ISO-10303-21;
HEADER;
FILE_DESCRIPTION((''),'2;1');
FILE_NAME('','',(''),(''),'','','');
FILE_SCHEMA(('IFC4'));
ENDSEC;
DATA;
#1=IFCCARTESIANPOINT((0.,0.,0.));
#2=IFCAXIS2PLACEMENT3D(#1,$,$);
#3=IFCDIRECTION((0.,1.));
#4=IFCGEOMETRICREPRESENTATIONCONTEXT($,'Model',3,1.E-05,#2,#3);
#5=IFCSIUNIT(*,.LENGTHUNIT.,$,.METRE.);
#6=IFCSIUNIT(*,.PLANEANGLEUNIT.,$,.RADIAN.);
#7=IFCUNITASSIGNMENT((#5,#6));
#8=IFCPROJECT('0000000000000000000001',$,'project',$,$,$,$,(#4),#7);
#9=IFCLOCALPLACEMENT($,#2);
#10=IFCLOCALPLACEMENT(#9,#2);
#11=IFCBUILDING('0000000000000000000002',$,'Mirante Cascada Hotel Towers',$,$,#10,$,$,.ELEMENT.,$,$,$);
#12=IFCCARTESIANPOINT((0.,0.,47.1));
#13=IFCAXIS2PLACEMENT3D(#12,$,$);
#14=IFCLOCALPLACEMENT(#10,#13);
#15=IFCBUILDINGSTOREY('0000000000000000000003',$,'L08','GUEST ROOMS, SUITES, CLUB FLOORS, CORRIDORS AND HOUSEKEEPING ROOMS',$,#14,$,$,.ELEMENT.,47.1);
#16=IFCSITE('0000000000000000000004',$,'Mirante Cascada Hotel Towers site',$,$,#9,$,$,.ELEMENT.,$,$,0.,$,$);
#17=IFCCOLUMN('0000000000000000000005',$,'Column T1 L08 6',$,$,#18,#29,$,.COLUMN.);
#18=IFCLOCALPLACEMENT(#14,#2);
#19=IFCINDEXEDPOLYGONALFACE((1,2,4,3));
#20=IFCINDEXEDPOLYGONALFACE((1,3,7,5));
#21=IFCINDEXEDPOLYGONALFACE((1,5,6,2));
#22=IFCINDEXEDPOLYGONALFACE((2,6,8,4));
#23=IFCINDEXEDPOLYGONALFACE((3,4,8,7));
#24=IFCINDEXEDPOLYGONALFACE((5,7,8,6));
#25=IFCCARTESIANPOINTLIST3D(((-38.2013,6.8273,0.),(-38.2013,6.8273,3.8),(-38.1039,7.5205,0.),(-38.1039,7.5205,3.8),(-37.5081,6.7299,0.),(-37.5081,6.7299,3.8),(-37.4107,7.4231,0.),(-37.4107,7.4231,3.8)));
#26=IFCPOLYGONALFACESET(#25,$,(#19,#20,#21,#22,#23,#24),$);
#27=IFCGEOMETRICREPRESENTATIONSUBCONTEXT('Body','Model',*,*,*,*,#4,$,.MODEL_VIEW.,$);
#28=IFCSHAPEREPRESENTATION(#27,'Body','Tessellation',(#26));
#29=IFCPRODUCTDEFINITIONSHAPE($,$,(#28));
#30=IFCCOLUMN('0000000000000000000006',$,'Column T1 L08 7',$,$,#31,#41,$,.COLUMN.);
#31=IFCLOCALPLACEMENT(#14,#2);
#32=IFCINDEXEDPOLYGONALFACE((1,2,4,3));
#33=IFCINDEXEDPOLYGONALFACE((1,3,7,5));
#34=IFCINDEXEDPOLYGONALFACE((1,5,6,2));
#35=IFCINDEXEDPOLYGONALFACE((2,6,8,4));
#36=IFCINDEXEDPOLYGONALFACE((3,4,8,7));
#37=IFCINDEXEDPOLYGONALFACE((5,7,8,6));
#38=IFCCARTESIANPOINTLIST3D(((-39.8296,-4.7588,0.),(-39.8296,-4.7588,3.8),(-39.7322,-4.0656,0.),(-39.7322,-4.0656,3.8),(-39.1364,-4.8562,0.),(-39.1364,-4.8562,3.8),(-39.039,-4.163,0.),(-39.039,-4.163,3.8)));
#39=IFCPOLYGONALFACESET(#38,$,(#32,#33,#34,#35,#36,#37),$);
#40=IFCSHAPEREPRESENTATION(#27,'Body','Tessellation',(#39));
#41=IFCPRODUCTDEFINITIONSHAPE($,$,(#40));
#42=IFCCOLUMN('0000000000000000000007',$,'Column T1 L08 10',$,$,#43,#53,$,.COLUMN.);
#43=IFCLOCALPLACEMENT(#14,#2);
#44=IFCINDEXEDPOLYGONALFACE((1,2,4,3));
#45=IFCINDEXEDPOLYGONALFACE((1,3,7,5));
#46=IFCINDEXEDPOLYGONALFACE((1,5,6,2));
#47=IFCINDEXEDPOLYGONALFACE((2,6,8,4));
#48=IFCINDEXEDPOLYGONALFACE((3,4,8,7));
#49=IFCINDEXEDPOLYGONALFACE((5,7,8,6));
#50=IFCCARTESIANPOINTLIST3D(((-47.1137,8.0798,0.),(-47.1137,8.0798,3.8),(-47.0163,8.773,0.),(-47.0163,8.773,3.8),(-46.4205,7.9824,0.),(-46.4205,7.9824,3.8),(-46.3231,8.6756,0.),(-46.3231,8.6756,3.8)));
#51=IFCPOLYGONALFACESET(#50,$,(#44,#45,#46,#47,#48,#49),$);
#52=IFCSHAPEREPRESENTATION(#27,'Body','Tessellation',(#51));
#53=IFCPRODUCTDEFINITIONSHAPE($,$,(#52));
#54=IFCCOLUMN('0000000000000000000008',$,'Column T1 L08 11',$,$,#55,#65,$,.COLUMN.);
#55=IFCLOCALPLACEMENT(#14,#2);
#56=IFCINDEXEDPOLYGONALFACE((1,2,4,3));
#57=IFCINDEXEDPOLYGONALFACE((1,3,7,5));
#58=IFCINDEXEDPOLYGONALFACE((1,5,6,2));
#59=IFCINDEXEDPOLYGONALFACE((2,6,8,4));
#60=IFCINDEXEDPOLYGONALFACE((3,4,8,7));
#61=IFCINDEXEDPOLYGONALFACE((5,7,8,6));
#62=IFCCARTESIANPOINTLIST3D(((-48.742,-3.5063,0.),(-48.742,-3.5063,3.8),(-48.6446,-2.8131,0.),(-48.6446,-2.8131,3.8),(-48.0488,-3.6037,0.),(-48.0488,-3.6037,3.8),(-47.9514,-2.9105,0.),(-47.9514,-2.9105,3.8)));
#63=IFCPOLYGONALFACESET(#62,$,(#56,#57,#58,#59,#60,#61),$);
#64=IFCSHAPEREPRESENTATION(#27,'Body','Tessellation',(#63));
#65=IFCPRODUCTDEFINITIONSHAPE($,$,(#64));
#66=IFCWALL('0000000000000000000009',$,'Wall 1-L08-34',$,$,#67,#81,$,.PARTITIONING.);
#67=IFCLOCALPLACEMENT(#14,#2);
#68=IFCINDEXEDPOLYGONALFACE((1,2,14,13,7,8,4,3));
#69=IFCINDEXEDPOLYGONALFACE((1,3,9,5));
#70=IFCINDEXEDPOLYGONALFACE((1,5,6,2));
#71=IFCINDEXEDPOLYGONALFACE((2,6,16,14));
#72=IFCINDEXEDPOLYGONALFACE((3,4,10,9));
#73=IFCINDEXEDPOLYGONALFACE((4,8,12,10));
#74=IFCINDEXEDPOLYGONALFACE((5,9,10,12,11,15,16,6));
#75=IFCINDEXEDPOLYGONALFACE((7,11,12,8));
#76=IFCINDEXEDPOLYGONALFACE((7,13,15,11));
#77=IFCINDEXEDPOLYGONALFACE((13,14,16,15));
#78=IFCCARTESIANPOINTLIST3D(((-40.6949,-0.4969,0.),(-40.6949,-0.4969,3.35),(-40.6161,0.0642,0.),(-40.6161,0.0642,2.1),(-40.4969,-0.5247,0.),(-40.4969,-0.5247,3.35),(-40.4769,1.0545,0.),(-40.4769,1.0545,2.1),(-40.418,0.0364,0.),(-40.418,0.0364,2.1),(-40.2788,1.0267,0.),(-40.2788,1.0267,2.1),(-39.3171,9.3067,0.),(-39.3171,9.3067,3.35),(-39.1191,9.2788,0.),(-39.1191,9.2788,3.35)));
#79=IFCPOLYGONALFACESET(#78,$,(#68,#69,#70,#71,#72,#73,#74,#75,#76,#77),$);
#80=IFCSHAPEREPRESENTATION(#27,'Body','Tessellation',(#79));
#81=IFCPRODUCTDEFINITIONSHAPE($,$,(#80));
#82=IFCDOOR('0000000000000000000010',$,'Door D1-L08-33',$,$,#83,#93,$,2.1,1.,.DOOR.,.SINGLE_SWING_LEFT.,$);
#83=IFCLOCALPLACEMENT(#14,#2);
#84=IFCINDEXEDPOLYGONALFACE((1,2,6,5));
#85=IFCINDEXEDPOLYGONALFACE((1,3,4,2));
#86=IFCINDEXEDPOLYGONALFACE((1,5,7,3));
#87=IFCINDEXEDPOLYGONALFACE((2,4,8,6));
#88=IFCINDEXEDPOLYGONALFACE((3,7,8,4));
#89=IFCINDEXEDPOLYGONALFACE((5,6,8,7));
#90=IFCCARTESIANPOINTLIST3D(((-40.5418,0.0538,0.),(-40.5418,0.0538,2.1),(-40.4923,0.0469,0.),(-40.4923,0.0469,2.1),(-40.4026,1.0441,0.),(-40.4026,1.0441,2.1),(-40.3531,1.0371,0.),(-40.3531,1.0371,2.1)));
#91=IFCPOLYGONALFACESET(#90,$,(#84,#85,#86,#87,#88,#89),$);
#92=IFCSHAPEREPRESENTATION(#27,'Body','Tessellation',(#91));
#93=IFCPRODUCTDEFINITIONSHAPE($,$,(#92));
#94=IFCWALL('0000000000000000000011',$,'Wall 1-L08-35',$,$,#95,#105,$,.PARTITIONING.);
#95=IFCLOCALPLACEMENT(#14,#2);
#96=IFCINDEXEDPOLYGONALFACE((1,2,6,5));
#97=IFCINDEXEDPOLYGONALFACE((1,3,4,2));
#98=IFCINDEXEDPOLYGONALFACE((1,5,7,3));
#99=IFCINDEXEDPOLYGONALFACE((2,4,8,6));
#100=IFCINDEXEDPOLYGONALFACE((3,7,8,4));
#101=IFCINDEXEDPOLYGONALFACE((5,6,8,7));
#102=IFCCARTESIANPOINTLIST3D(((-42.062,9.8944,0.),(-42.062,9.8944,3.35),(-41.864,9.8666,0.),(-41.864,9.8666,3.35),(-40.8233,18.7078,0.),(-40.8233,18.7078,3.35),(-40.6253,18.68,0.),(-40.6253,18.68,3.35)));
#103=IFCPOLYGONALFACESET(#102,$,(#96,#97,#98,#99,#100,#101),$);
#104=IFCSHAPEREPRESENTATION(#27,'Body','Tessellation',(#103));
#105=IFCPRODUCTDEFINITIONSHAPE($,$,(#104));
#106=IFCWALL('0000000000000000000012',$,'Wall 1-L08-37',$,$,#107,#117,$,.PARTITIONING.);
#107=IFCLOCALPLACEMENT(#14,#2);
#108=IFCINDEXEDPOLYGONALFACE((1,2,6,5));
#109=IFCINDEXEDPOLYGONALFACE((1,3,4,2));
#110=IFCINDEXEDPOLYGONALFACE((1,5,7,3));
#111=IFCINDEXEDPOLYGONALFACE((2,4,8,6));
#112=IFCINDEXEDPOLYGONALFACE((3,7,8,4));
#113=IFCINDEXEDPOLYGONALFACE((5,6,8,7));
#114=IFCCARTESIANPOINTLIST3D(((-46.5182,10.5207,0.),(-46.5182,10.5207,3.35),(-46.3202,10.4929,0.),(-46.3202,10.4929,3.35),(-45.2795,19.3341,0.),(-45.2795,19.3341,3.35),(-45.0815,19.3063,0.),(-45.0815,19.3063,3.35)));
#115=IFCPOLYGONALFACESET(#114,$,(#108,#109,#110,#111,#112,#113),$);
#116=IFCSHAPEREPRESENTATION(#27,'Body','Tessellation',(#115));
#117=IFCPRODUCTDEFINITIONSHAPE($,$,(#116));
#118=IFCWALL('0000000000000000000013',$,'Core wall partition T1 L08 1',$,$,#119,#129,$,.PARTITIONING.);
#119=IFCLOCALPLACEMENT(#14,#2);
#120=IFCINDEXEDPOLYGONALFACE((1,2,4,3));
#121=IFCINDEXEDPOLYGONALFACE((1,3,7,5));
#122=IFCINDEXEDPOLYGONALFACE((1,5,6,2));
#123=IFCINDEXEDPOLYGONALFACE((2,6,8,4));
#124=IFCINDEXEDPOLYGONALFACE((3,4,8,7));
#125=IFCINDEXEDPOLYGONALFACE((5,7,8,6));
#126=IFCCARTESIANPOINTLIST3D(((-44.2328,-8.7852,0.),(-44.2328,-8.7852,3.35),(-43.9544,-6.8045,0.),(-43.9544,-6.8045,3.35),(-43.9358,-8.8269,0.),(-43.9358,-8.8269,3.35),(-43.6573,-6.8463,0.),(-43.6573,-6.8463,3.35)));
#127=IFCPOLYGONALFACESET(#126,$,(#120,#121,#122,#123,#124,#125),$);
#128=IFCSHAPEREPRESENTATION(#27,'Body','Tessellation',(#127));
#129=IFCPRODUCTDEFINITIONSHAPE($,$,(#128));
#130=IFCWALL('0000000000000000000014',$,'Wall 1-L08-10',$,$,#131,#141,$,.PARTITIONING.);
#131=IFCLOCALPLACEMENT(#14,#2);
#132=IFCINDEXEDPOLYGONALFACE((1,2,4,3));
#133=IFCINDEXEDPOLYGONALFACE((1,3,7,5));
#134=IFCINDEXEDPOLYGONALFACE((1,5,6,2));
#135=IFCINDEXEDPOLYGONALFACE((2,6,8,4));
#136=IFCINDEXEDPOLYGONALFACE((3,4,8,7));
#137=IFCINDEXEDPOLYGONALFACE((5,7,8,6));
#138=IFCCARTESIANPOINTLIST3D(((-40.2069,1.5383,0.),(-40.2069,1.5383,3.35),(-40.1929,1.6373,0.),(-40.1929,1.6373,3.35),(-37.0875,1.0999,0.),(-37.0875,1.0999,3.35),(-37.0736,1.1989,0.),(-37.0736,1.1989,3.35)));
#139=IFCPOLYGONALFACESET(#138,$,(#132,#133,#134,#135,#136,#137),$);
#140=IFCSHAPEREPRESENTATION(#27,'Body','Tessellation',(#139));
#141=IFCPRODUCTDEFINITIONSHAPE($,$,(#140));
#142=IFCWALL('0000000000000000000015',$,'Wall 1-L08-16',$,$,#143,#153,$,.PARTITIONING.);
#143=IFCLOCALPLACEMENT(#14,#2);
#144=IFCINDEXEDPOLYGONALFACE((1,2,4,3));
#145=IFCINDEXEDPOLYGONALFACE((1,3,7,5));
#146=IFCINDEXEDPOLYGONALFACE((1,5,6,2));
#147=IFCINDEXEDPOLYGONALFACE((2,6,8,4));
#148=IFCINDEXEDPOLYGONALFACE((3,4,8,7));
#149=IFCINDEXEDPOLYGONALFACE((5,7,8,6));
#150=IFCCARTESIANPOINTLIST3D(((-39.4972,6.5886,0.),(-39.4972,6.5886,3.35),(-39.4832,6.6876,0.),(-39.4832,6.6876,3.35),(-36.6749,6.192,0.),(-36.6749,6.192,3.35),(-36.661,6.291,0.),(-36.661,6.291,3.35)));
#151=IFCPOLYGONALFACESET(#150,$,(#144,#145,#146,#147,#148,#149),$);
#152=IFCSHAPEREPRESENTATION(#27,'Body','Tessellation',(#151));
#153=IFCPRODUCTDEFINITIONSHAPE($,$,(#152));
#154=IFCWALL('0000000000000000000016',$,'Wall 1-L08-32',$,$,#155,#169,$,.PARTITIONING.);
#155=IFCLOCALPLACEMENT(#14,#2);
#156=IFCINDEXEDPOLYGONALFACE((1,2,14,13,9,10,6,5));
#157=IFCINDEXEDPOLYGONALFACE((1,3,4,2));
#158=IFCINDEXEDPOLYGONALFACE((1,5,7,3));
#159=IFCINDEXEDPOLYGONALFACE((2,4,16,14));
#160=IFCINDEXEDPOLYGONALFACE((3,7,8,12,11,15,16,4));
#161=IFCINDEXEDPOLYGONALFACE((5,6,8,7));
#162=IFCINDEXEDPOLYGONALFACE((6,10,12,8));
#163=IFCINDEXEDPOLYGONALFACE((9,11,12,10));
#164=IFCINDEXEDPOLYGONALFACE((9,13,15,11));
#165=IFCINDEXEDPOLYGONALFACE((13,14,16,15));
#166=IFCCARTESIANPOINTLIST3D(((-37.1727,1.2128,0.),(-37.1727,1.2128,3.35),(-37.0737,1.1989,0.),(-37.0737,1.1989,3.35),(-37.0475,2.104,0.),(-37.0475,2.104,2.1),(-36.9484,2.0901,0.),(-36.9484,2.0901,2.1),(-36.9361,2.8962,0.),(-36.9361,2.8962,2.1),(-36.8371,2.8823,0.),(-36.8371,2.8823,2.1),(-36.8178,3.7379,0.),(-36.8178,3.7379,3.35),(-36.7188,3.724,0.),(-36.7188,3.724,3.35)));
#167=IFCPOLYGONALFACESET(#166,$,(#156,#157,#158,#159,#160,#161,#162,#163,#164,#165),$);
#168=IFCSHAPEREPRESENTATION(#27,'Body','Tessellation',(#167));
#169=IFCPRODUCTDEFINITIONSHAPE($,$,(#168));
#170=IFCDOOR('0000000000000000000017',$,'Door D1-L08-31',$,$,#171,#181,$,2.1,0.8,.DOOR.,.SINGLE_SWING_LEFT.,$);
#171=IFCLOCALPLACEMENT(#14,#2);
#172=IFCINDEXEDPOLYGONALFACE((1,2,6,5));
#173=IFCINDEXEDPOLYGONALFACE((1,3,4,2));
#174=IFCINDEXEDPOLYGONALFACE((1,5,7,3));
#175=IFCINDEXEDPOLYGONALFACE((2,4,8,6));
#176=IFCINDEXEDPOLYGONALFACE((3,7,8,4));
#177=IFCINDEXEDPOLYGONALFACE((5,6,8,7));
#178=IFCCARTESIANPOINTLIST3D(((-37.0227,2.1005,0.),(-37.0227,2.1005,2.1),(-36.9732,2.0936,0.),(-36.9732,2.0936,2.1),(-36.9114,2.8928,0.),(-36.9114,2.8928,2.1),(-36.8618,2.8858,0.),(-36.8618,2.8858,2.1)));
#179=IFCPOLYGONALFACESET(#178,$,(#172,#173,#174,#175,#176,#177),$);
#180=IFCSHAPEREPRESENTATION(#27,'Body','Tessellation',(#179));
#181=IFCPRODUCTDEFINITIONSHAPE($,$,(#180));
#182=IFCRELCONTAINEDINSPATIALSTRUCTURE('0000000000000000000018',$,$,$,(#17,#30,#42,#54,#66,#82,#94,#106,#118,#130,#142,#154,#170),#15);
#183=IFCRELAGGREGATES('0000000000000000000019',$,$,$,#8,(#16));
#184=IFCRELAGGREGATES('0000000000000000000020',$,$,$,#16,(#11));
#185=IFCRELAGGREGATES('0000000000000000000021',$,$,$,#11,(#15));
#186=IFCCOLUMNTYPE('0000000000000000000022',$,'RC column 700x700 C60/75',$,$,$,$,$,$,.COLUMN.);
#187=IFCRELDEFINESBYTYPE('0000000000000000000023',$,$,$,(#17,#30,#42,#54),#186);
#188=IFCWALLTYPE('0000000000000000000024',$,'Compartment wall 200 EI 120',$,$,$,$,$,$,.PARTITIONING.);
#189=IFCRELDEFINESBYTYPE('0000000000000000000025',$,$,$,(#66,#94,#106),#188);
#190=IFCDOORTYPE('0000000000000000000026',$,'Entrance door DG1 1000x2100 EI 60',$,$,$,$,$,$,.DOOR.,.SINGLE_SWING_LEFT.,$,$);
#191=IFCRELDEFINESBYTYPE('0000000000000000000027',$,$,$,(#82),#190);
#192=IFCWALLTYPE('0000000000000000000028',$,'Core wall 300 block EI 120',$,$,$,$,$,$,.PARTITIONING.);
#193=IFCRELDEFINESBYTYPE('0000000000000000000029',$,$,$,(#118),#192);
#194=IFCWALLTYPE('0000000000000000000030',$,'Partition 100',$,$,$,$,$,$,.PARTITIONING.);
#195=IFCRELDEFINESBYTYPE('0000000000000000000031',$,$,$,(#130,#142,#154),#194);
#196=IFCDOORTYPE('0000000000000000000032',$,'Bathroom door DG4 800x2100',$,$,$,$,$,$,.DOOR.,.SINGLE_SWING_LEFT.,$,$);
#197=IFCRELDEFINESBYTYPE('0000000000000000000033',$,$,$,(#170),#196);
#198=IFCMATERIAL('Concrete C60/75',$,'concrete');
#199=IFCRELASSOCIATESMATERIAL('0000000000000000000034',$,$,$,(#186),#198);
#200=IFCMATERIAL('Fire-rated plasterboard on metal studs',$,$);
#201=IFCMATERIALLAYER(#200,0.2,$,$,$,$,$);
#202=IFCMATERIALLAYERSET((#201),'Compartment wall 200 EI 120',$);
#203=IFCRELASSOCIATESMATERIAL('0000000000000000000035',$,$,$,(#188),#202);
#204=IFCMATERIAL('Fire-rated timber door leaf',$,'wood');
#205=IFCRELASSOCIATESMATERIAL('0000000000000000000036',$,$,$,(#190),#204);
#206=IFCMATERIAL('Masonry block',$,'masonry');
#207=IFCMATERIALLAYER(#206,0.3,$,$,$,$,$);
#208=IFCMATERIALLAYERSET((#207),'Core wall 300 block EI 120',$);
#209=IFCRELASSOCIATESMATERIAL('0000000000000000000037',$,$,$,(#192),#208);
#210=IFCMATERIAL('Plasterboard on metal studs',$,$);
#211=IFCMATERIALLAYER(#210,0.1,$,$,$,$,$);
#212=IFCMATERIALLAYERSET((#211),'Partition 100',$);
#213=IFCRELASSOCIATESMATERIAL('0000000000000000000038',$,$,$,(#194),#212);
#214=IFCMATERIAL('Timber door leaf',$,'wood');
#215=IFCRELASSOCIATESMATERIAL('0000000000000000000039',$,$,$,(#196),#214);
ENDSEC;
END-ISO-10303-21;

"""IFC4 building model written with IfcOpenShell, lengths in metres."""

from ifc_helpers import new_model, si_unit, direction, frame, frame_2d, origin, origin_2d, place, context, subcontext, project, spatial, rectangle, extrude, material, layer, layer_set, material_profile, profile_set, type_object, element, fill, save


model = new_model("IFC4")

# Units and contexts
model_context = context("Model", 3, precision=1e-05, world=origin(), true_north=direction((0.0, 1.0)))
body_context = subcontext(model_context, "Body", "Model", "MODEL_VIEW")
ifc_project = project(units=[si_unit("LENGTHUNIT", "METRE"), si_unit("PLANEANGLEUNIT", "RADIAN")], contexts=[model_context])

# Site, building, storey
site_placement = place(None, origin())
site = spatial("IfcSite", under=ifc_project, at=site_placement, Name="Mirante Cascada Hotel Towers site", CompositionType="ELEMENT", RefElevation=0.0)
building_placement = place(site_placement, origin())
building = spatial("IfcBuilding", under=site, at=building_placement, Name="Mirante Cascada Hotel Towers", CompositionType="ELEMENT")
storey_placement = place(building_placement, frame((0.0, 0.0, 47.1)))
storey = spatial("IfcBuildingStorey", under=building, at=storey_placement, Name="L08", Description="GUEST ROOMS, SUITES, CLUB FLOORS, CORRIDORS AND HOUSEKEEPING ROOMS", CompositionType="ELEMENT", Elevation=47.1)

# Columns
ifc_material_1 = material(Name="Concrete C60/75", Category="concrete")
ifc_material_profile = material_profile(ifc_material_1, rectangle(XDim=0.7, YDim=0.7, at=origin_2d()), Name="RC column 700x700 C60/75")
ifc_profile_set = profile_set([ifc_material_profile], Name="Concrete C60/75")
column_type = type_object("IfcColumnType", Name="RC column 700x700 C60/75", PredefinedType="COLUMN", material=ifc_profile_set)
for number, where, z_axis, x_axis, name in (
    (1, (-37.806, 7.1252, 0.0), (0.0, 0.0, 1.0), (-0.990268, 0.139173, 0.0), "Column T1 L08 6"),
    (2, (-39.4343, -4.4609, 0.0), (0.0, 0.0, 1.0), (-0.990268, 0.139173, 0.0), "Column T1 L08 7"),
    (3, (-46.7184, 8.3777, 0.0), (0.0, 0.0, 1.0), (-0.990268, 0.139173, 0.0), "Column T1 L08 10"),
    (4, (-48.3467, -3.2084, 0.0), (0.0, 0.0, 1.0), (-0.990268, 0.139173, 0.0), "Column T1 L08 11"),
):
    element("IfcColumn", number, at=place(storey_placement, frame(where, z_axis=z_axis, x_axis=x_axis)), inside=storey, type_object=column_type, Name=name, PredefinedType="COLUMN", context=body_context, shape_type="SweptSolid", body=[
        extrude(rectangle(XDim=0.7, YDim=0.7, at=origin_2d()), origin(), (0.0, 0.0, 1.0), 3.8),
    ])

# Wall, opening, door
ifc_material_2 = material(Name="Fire-rated plasterboard on metal studs")
ifc_layer_1 = layer(ifc_material_2, 0.2)
ifc_layer_set_1 = layer_set([ifc_layer_1], Name="Compartment wall 200 EI 120")
wall_type_1 = type_object("IfcWallType", Name="Compartment wall 200 EI 120", PredefinedType="PARTITIONING", material=ifc_layer_set_1)
wall_1_placement = place(storey_placement, frame((-39.2181, 9.2928, 0.0), z_axis=(0.0, 0.0, 1.0), x_axis=(-0.139173, -0.990268, 0.0)))
wall_1 = element("IfcWall", 5, at=wall_1_placement, inside=storey, type_object=wall_type_1, Name="Wall 1-L08-34", PredefinedType="PARTITIONING", context=body_context, shape_type="SweptSolid", body=[
    extrude(rectangle(XDim=9.8999, YDim=0.2, at=frame_2d((4.95, 0.0))), origin(), (0.0, 0.0, 1.0), 3.35),
])
opening_1_placement = place(wall_1_placement, frame((8.3333, 0.0, 0.0)))
opening_1 = element("IfcOpeningElement", 6, at=opening_1_placement, cuts=wall_1, PredefinedType="OPENING", context=body_context, shape_type="SweptSolid", body=[
    extrude(rectangle(XDim=1.0, YDim=2.1, at=frame_2d((0.5, 1.05))), frame((0.0, 0.1, 0.0), z_axis=(0.0, -1.0, 0.0), x_axis=(1.0, 0.0, 0.0)), (0.0, 0.0, 1.0), 0.2),
])
ifc_material_3 = material(Name="Fire-rated timber door leaf", Category="wood")
door_type_1 = type_object("IfcDoorType", Name="Entrance door DG1 1000x2100 EI 60", OperationType="SINGLE_SWING_LEFT", PredefinedType="DOOR", material=ifc_material_3)
door_1_placement = place(opening_1_placement, origin())
door_1 = element("IfcDoor", 7, at=door_1_placement, inside=storey, type_object=door_type_1, Name="Door D1-L08-33", OperationType="SINGLE_SWING_LEFT", OverallHeight=2.1, OverallWidth=1.0, PredefinedType="DOOR", context=body_context, shape_type="SweptSolid", body=[
    extrude(rectangle(XDim=1.0, YDim=2.1, at=frame_2d((0.5, 1.05))), frame((0.0, 0.025, 0.0), z_axis=(0.0, -1.0, 0.0), x_axis=(1.0, 0.0, 0.0)), (0.0, 0.0, 1.0), 0.05),
])
fill(opening_1, door_1)

# Walls
for number, where, z_axis, x_axis, name in (
    (8, (-41.963, 9.8805, 0.0), (0.0, 0.0, 1.0), (0.139179, 0.990267, 0.0), "Wall 1-L08-35"),
    (9, (-46.4192, 10.5068, 0.0), (0.0, 0.0, 1.0), (0.139179, 0.990267, 0.0), "Wall 1-L08-37"),
):
    element("IfcWall", number, at=place(storey_placement, frame(where, z_axis=z_axis, x_axis=x_axis)), inside=storey, type_object=wall_type_1, Name=name, PredefinedType="PARTITIONING", context=body_context, shape_type="SweptSolid", body=[
        extrude(rectangle(XDim=8.9, YDim=0.2, at=frame_2d((4.45, 0.0))), origin(), (0.0, 0.0, 1.0), 3.35),
    ])
ifc_material_4 = material(Name="Masonry block", Category="masonry")
ifc_layer_2 = layer(ifc_material_4, 0.3)
ifc_layer_set_2 = layer_set([ifc_layer_2], Name="Core wall 300 block EI 120")
wall_type_2 = type_object("IfcWallType", Name="Core wall 300 block EI 120", PredefinedType="PARTITIONING", material=ifc_layer_set_2)
wall_2_placement = place(storey_placement, frame((-44.0843, -8.8061, 0.0), z_axis=(0.0, 0.0, 1.0), x_axis=(0.139195, 0.990265, 0.0)))
element("IfcWall", 10, at=wall_2_placement, inside=storey, type_object=wall_type_2, Name="Core wall partition T1 L08 1", PredefinedType="PARTITIONING", context=body_context, shape_type="SweptSolid", body=[
    extrude(rectangle(XDim=2.0001, YDim=0.3, at=frame_2d((1.0001, 0.0))), origin(), (0.0, 0.0, 1.0), 3.35),
])
ifc_material_5 = material(Name="Plasterboard on metal studs")
ifc_layer_3 = layer(ifc_material_5, 0.1)
ifc_layer_set_3 = layer_set([ifc_layer_3], Name="Partition 100")
wall_type_3 = type_object("IfcWallType", Name="Partition 100", PredefinedType="PARTITIONING", material=ifc_layer_set_3)
wall_3_placement = place(storey_placement, frame((-40.1999, 1.5878, 0.0), z_axis=(0.0, 0.0, 1.0), x_axis=(0.990268, -0.139177, 0.0)))
element("IfcWall", 11, at=wall_3_placement, inside=storey, type_object=wall_type_3, Name="Wall 1-L08-10", PredefinedType="PARTITIONING", context=body_context, shape_type="SweptSolid", body=[
    extrude(rectangle(XDim=3.15, YDim=0.1, at=frame_2d((1.575, 0.0))), origin(), (0.0, 0.0, 1.0), 3.35),
])
wall_4_placement = place(storey_placement, frame((-39.4902, 6.6381, 0.0), z_axis=(0.0, 0.0, 1.0), x_axis=(0.99027, -0.139156, 0.0)))
element("IfcWall", 12, at=wall_4_placement, inside=storey, type_object=wall_type_3, Name="Wall 1-L08-16", PredefinedType="PARTITIONING", context=body_context, shape_type="SweptSolid", body=[
    extrude(rectangle(XDim=2.85, YDim=0.1, at=frame_2d((1.425, 0.0))), origin(), (0.0, 0.0, 1.0), 3.35),
])

# Wall, opening, door
wall_5_placement = place(storey_placement, frame((-36.7683, 3.731, 0.0), z_axis=(0.0, 0.0, 1.0), x_axis=(-0.139181, -0.990267, 0.0)))
wall_5 = element("IfcWall", 13, at=wall_5_placement, inside=storey, type_object=wall_type_3, Name="Wall 1-L08-32", PredefinedType="PARTITIONING", context=body_context, shape_type="SweptSolid", body=[
    extrude(rectangle(XDim=2.5499, YDim=0.1, at=frame_2d((1.275, 0.0))), origin(), (0.0, 0.0, 1.0), 3.35),
])
opening_2_placement = place(wall_5_placement, frame((0.85, 0.0, 0.0)))
opening_2 = element("IfcOpeningElement", 14, at=opening_2_placement, cuts=wall_5, PredefinedType="OPENING", context=body_context, shape_type="SweptSolid", body=[
    extrude(rectangle(XDim=0.8, YDim=2.1, at=frame_2d((0.4, 1.05))), frame((0.0, 0.05, 0.0), z_axis=(0.0, -1.0, 0.0), x_axis=(1.0, 0.0, 0.0)), (0.0, 0.0, 1.0), 0.1),
])
ifc_material_6 = material(Name="Timber door leaf", Category="wood")
door_type_2 = type_object("IfcDoorType", Name="Bathroom door DG4 800x2100", OperationType="SINGLE_SWING_LEFT", PredefinedType="DOOR", material=ifc_material_6)
door_2_placement = place(opening_2_placement, origin())
door_2 = element("IfcDoor", 15, at=door_2_placement, inside=storey, type_object=door_type_2, Name="Door D1-L08-31", OperationType="SINGLE_SWING_LEFT", OverallHeight=2.1, OverallWidth=0.8, PredefinedType="DOOR", context=body_context, shape_type="SweptSolid", body=[
    extrude(rectangle(XDim=0.8, YDim=2.1, at=frame_2d((0.4, 1.05))), frame((0.0, 0.025, 0.0), z_axis=(0.0, -1.0, 0.0), x_axis=(1.0, 0.0, 0.0)), (0.0, 0.0, 1.0), 0.05),
])
fill(opening_2, door_2)

save(model, "model.ifc")
